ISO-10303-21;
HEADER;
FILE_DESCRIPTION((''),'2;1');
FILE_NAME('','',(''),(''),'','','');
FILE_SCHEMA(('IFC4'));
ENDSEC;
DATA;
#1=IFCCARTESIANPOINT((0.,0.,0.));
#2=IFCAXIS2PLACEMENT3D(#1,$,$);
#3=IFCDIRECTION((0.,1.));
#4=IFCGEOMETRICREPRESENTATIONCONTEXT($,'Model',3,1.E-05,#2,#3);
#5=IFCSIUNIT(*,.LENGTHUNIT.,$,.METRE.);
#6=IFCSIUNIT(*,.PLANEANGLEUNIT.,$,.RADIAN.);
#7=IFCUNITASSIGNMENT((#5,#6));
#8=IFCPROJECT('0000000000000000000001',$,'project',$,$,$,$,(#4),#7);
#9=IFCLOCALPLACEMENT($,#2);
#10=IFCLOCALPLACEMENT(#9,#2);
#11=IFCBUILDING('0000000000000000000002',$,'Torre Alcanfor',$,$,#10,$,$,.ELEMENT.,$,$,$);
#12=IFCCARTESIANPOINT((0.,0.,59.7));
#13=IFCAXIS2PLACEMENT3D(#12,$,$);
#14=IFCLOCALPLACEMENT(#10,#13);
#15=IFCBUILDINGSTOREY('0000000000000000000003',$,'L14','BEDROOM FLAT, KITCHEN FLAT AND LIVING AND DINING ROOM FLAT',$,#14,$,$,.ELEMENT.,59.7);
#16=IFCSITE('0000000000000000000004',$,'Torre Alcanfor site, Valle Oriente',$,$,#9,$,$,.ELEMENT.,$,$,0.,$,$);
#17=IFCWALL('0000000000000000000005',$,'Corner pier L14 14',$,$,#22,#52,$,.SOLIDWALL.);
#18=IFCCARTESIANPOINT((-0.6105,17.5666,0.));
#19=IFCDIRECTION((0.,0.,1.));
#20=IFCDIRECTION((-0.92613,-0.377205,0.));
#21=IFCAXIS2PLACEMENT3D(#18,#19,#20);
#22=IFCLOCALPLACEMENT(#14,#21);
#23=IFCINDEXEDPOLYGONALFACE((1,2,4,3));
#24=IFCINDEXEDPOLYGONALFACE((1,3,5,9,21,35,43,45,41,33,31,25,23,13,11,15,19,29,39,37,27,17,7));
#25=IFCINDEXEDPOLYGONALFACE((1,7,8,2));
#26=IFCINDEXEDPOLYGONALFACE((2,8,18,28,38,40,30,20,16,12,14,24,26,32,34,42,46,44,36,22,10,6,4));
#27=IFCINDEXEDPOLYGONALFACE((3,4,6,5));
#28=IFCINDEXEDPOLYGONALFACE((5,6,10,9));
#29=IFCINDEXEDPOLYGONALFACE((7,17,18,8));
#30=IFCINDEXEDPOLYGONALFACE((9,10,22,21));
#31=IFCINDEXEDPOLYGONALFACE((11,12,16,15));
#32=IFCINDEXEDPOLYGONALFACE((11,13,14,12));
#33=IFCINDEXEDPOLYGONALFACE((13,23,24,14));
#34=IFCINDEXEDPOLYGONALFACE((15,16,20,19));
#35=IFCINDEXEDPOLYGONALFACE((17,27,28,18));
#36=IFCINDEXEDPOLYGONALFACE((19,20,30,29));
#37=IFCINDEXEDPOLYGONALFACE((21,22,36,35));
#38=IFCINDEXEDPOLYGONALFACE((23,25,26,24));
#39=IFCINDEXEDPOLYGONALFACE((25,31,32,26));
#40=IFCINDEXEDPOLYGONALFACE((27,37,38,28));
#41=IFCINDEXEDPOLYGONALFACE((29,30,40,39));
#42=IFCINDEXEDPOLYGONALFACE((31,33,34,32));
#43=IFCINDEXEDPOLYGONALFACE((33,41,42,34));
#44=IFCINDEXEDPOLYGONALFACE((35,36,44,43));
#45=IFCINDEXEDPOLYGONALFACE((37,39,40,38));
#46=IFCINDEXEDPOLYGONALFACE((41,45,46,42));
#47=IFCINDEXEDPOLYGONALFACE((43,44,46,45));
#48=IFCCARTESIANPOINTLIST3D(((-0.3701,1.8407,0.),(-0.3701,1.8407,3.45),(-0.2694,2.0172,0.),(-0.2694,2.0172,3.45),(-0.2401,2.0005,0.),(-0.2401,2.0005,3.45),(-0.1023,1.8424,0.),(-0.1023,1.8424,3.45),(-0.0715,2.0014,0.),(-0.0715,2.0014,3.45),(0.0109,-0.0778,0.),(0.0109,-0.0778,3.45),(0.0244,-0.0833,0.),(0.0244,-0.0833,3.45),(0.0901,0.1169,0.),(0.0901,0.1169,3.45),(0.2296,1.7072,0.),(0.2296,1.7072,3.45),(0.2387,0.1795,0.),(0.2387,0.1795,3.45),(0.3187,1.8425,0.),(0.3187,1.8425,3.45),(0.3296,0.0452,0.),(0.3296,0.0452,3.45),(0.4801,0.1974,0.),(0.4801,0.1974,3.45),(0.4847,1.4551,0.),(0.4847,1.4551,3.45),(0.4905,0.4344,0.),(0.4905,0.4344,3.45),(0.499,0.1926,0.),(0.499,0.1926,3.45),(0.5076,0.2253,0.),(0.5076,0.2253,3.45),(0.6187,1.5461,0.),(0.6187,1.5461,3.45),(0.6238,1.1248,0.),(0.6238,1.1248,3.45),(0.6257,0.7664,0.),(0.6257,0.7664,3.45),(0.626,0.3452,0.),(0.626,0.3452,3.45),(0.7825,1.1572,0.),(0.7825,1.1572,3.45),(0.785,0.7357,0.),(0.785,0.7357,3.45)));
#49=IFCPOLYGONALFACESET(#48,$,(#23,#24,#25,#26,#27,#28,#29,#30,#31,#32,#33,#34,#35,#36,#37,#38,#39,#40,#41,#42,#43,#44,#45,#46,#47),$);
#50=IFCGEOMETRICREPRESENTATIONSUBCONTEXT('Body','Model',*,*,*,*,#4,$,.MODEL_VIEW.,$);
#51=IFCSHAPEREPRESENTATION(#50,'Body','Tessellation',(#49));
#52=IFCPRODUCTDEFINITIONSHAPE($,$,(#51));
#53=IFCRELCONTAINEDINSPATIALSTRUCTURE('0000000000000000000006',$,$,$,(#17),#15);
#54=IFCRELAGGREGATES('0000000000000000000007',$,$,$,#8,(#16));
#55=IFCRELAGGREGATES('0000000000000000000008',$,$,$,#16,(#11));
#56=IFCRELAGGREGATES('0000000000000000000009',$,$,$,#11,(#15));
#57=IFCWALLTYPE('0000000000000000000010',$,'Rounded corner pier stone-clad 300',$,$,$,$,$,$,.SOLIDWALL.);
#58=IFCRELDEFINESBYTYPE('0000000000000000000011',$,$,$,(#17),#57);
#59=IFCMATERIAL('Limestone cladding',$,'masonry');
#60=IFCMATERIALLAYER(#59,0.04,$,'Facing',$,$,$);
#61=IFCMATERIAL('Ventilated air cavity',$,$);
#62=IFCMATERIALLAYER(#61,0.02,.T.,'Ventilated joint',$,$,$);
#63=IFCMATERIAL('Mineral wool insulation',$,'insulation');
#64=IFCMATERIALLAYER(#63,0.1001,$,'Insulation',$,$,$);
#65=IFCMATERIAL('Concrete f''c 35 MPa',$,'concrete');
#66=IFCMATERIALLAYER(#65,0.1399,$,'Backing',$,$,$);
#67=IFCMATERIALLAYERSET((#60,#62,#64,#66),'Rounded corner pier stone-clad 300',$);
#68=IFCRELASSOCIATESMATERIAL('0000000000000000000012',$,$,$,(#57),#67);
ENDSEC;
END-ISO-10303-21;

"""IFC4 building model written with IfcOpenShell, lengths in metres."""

from ifc_helpers import new_model, si_unit, direction, frame, origin, place, context, subcontext, project, spatial, polyline, outline, extrude, material, layer, layer_set, type_object, element, save


model = new_model("IFC4")

# Units and contexts
model_context = context("Model", 3, precision=1e-05, world=origin(), true_north=direction((0.0, 1.0)))
body_context = subcontext(model_context, "Body", "Model", "MODEL_VIEW")
ifc_project = project(units=[si_unit("LENGTHUNIT", "METRE"), si_unit("PLANEANGLEUNIT", "RADIAN")], contexts=[model_context])

# Site, building, storey
site_placement = place(None, origin())
site = spatial("IfcSite", under=ifc_project, at=site_placement, Name="Torre Alcanfor site, Valle Oriente", CompositionType="ELEMENT", RefElevation=0.0)
building_placement = place(site_placement, origin())
building = spatial("IfcBuilding", under=site, at=building_placement, Name="Torre Alcanfor", CompositionType="ELEMENT")
storey_placement = place(building_placement, frame((0.0, 0.0, 59.7)))
storey = spatial("IfcBuildingStorey", under=building, at=storey_placement, Name="L14", Description="BEDROOM FLAT, KITCHEN FLAT AND LIVING AND DINING ROOM FLAT", CompositionType="ELEMENT", Elevation=59.7)

# Wall
ifc_material_1 = material(Name="Limestone cladding", Category="masonry")
ifc_layer_1 = layer(ifc_material_1, 0.04, Name="Facing")
ifc_material_2 = material(Name="Ventilated air cavity")
ifc_layer_2 = layer(ifc_material_2, 0.02, ventilated=True, Name="Ventilated joint")
ifc_material_3 = material(Name="Mineral wool insulation", Category="insulation")
ifc_layer_3 = layer(ifc_material_3, 0.1001, Name="Insulation")
ifc_material_4 = material(Name="Concrete f'c 35 MPa", Category="concrete")
ifc_layer_4 = layer(ifc_material_4, 0.1399, Name="Backing")
ifc_layer_set_1 = layer_set([ifc_layer_1, ifc_layer_2, ifc_layer_3, ifc_layer_4], Name="Rounded corner pier stone-clad 300")
wall_type_1 = type_object("IfcWallType", Name="Rounded corner pier stone-clad 300", PredefinedType="SOLIDWALL", material=ifc_layer_set_1)
wall_1_placement = place(storey_placement, frame((-0.6105, 17.5666, 0.0), z_axis=(0.0, 0.0, 1.0), x_axis=(-0.92613, -0.377205, 0.0)))
element("IfcWall", 1, at=wall_1_placement, inside=storey, type_object=wall_type_1, Name="Corner pier L14 14", PredefinedType="SOLIDWALL", context=body_context, shape_type="SweptSolid", body=[
    extrude(outline(polyline([(-0.2694, 2.0172), (-0.3701, 1.8407), (-0.1023, 1.8424), (0.2296, 1.7072), (0.4847, 1.4551), (0.6238, 1.1248), (0.6257, 0.7664), (0.4905, 0.4344), (0.2387, 0.1795), (0.0901, 0.1169), (0.0109, -0.0778), (0.0244, -0.0833), (0.3296, 0.0452), (0.4801, 0.1974), (0.499, 0.1926), (0.5076, 0.2253), (0.626, 0.3452), (0.785, 0.7357), (0.7825, 1.1572), (0.6187, 1.5461), (0.3187, 1.8425), (-0.0715, 2.0014), (-0.2401, 2.0005), (-0.2694, 2.0172)])), origin(), (0.0, 0.0, 1.0), 3.45),
])

save(model, "model.ifc")
